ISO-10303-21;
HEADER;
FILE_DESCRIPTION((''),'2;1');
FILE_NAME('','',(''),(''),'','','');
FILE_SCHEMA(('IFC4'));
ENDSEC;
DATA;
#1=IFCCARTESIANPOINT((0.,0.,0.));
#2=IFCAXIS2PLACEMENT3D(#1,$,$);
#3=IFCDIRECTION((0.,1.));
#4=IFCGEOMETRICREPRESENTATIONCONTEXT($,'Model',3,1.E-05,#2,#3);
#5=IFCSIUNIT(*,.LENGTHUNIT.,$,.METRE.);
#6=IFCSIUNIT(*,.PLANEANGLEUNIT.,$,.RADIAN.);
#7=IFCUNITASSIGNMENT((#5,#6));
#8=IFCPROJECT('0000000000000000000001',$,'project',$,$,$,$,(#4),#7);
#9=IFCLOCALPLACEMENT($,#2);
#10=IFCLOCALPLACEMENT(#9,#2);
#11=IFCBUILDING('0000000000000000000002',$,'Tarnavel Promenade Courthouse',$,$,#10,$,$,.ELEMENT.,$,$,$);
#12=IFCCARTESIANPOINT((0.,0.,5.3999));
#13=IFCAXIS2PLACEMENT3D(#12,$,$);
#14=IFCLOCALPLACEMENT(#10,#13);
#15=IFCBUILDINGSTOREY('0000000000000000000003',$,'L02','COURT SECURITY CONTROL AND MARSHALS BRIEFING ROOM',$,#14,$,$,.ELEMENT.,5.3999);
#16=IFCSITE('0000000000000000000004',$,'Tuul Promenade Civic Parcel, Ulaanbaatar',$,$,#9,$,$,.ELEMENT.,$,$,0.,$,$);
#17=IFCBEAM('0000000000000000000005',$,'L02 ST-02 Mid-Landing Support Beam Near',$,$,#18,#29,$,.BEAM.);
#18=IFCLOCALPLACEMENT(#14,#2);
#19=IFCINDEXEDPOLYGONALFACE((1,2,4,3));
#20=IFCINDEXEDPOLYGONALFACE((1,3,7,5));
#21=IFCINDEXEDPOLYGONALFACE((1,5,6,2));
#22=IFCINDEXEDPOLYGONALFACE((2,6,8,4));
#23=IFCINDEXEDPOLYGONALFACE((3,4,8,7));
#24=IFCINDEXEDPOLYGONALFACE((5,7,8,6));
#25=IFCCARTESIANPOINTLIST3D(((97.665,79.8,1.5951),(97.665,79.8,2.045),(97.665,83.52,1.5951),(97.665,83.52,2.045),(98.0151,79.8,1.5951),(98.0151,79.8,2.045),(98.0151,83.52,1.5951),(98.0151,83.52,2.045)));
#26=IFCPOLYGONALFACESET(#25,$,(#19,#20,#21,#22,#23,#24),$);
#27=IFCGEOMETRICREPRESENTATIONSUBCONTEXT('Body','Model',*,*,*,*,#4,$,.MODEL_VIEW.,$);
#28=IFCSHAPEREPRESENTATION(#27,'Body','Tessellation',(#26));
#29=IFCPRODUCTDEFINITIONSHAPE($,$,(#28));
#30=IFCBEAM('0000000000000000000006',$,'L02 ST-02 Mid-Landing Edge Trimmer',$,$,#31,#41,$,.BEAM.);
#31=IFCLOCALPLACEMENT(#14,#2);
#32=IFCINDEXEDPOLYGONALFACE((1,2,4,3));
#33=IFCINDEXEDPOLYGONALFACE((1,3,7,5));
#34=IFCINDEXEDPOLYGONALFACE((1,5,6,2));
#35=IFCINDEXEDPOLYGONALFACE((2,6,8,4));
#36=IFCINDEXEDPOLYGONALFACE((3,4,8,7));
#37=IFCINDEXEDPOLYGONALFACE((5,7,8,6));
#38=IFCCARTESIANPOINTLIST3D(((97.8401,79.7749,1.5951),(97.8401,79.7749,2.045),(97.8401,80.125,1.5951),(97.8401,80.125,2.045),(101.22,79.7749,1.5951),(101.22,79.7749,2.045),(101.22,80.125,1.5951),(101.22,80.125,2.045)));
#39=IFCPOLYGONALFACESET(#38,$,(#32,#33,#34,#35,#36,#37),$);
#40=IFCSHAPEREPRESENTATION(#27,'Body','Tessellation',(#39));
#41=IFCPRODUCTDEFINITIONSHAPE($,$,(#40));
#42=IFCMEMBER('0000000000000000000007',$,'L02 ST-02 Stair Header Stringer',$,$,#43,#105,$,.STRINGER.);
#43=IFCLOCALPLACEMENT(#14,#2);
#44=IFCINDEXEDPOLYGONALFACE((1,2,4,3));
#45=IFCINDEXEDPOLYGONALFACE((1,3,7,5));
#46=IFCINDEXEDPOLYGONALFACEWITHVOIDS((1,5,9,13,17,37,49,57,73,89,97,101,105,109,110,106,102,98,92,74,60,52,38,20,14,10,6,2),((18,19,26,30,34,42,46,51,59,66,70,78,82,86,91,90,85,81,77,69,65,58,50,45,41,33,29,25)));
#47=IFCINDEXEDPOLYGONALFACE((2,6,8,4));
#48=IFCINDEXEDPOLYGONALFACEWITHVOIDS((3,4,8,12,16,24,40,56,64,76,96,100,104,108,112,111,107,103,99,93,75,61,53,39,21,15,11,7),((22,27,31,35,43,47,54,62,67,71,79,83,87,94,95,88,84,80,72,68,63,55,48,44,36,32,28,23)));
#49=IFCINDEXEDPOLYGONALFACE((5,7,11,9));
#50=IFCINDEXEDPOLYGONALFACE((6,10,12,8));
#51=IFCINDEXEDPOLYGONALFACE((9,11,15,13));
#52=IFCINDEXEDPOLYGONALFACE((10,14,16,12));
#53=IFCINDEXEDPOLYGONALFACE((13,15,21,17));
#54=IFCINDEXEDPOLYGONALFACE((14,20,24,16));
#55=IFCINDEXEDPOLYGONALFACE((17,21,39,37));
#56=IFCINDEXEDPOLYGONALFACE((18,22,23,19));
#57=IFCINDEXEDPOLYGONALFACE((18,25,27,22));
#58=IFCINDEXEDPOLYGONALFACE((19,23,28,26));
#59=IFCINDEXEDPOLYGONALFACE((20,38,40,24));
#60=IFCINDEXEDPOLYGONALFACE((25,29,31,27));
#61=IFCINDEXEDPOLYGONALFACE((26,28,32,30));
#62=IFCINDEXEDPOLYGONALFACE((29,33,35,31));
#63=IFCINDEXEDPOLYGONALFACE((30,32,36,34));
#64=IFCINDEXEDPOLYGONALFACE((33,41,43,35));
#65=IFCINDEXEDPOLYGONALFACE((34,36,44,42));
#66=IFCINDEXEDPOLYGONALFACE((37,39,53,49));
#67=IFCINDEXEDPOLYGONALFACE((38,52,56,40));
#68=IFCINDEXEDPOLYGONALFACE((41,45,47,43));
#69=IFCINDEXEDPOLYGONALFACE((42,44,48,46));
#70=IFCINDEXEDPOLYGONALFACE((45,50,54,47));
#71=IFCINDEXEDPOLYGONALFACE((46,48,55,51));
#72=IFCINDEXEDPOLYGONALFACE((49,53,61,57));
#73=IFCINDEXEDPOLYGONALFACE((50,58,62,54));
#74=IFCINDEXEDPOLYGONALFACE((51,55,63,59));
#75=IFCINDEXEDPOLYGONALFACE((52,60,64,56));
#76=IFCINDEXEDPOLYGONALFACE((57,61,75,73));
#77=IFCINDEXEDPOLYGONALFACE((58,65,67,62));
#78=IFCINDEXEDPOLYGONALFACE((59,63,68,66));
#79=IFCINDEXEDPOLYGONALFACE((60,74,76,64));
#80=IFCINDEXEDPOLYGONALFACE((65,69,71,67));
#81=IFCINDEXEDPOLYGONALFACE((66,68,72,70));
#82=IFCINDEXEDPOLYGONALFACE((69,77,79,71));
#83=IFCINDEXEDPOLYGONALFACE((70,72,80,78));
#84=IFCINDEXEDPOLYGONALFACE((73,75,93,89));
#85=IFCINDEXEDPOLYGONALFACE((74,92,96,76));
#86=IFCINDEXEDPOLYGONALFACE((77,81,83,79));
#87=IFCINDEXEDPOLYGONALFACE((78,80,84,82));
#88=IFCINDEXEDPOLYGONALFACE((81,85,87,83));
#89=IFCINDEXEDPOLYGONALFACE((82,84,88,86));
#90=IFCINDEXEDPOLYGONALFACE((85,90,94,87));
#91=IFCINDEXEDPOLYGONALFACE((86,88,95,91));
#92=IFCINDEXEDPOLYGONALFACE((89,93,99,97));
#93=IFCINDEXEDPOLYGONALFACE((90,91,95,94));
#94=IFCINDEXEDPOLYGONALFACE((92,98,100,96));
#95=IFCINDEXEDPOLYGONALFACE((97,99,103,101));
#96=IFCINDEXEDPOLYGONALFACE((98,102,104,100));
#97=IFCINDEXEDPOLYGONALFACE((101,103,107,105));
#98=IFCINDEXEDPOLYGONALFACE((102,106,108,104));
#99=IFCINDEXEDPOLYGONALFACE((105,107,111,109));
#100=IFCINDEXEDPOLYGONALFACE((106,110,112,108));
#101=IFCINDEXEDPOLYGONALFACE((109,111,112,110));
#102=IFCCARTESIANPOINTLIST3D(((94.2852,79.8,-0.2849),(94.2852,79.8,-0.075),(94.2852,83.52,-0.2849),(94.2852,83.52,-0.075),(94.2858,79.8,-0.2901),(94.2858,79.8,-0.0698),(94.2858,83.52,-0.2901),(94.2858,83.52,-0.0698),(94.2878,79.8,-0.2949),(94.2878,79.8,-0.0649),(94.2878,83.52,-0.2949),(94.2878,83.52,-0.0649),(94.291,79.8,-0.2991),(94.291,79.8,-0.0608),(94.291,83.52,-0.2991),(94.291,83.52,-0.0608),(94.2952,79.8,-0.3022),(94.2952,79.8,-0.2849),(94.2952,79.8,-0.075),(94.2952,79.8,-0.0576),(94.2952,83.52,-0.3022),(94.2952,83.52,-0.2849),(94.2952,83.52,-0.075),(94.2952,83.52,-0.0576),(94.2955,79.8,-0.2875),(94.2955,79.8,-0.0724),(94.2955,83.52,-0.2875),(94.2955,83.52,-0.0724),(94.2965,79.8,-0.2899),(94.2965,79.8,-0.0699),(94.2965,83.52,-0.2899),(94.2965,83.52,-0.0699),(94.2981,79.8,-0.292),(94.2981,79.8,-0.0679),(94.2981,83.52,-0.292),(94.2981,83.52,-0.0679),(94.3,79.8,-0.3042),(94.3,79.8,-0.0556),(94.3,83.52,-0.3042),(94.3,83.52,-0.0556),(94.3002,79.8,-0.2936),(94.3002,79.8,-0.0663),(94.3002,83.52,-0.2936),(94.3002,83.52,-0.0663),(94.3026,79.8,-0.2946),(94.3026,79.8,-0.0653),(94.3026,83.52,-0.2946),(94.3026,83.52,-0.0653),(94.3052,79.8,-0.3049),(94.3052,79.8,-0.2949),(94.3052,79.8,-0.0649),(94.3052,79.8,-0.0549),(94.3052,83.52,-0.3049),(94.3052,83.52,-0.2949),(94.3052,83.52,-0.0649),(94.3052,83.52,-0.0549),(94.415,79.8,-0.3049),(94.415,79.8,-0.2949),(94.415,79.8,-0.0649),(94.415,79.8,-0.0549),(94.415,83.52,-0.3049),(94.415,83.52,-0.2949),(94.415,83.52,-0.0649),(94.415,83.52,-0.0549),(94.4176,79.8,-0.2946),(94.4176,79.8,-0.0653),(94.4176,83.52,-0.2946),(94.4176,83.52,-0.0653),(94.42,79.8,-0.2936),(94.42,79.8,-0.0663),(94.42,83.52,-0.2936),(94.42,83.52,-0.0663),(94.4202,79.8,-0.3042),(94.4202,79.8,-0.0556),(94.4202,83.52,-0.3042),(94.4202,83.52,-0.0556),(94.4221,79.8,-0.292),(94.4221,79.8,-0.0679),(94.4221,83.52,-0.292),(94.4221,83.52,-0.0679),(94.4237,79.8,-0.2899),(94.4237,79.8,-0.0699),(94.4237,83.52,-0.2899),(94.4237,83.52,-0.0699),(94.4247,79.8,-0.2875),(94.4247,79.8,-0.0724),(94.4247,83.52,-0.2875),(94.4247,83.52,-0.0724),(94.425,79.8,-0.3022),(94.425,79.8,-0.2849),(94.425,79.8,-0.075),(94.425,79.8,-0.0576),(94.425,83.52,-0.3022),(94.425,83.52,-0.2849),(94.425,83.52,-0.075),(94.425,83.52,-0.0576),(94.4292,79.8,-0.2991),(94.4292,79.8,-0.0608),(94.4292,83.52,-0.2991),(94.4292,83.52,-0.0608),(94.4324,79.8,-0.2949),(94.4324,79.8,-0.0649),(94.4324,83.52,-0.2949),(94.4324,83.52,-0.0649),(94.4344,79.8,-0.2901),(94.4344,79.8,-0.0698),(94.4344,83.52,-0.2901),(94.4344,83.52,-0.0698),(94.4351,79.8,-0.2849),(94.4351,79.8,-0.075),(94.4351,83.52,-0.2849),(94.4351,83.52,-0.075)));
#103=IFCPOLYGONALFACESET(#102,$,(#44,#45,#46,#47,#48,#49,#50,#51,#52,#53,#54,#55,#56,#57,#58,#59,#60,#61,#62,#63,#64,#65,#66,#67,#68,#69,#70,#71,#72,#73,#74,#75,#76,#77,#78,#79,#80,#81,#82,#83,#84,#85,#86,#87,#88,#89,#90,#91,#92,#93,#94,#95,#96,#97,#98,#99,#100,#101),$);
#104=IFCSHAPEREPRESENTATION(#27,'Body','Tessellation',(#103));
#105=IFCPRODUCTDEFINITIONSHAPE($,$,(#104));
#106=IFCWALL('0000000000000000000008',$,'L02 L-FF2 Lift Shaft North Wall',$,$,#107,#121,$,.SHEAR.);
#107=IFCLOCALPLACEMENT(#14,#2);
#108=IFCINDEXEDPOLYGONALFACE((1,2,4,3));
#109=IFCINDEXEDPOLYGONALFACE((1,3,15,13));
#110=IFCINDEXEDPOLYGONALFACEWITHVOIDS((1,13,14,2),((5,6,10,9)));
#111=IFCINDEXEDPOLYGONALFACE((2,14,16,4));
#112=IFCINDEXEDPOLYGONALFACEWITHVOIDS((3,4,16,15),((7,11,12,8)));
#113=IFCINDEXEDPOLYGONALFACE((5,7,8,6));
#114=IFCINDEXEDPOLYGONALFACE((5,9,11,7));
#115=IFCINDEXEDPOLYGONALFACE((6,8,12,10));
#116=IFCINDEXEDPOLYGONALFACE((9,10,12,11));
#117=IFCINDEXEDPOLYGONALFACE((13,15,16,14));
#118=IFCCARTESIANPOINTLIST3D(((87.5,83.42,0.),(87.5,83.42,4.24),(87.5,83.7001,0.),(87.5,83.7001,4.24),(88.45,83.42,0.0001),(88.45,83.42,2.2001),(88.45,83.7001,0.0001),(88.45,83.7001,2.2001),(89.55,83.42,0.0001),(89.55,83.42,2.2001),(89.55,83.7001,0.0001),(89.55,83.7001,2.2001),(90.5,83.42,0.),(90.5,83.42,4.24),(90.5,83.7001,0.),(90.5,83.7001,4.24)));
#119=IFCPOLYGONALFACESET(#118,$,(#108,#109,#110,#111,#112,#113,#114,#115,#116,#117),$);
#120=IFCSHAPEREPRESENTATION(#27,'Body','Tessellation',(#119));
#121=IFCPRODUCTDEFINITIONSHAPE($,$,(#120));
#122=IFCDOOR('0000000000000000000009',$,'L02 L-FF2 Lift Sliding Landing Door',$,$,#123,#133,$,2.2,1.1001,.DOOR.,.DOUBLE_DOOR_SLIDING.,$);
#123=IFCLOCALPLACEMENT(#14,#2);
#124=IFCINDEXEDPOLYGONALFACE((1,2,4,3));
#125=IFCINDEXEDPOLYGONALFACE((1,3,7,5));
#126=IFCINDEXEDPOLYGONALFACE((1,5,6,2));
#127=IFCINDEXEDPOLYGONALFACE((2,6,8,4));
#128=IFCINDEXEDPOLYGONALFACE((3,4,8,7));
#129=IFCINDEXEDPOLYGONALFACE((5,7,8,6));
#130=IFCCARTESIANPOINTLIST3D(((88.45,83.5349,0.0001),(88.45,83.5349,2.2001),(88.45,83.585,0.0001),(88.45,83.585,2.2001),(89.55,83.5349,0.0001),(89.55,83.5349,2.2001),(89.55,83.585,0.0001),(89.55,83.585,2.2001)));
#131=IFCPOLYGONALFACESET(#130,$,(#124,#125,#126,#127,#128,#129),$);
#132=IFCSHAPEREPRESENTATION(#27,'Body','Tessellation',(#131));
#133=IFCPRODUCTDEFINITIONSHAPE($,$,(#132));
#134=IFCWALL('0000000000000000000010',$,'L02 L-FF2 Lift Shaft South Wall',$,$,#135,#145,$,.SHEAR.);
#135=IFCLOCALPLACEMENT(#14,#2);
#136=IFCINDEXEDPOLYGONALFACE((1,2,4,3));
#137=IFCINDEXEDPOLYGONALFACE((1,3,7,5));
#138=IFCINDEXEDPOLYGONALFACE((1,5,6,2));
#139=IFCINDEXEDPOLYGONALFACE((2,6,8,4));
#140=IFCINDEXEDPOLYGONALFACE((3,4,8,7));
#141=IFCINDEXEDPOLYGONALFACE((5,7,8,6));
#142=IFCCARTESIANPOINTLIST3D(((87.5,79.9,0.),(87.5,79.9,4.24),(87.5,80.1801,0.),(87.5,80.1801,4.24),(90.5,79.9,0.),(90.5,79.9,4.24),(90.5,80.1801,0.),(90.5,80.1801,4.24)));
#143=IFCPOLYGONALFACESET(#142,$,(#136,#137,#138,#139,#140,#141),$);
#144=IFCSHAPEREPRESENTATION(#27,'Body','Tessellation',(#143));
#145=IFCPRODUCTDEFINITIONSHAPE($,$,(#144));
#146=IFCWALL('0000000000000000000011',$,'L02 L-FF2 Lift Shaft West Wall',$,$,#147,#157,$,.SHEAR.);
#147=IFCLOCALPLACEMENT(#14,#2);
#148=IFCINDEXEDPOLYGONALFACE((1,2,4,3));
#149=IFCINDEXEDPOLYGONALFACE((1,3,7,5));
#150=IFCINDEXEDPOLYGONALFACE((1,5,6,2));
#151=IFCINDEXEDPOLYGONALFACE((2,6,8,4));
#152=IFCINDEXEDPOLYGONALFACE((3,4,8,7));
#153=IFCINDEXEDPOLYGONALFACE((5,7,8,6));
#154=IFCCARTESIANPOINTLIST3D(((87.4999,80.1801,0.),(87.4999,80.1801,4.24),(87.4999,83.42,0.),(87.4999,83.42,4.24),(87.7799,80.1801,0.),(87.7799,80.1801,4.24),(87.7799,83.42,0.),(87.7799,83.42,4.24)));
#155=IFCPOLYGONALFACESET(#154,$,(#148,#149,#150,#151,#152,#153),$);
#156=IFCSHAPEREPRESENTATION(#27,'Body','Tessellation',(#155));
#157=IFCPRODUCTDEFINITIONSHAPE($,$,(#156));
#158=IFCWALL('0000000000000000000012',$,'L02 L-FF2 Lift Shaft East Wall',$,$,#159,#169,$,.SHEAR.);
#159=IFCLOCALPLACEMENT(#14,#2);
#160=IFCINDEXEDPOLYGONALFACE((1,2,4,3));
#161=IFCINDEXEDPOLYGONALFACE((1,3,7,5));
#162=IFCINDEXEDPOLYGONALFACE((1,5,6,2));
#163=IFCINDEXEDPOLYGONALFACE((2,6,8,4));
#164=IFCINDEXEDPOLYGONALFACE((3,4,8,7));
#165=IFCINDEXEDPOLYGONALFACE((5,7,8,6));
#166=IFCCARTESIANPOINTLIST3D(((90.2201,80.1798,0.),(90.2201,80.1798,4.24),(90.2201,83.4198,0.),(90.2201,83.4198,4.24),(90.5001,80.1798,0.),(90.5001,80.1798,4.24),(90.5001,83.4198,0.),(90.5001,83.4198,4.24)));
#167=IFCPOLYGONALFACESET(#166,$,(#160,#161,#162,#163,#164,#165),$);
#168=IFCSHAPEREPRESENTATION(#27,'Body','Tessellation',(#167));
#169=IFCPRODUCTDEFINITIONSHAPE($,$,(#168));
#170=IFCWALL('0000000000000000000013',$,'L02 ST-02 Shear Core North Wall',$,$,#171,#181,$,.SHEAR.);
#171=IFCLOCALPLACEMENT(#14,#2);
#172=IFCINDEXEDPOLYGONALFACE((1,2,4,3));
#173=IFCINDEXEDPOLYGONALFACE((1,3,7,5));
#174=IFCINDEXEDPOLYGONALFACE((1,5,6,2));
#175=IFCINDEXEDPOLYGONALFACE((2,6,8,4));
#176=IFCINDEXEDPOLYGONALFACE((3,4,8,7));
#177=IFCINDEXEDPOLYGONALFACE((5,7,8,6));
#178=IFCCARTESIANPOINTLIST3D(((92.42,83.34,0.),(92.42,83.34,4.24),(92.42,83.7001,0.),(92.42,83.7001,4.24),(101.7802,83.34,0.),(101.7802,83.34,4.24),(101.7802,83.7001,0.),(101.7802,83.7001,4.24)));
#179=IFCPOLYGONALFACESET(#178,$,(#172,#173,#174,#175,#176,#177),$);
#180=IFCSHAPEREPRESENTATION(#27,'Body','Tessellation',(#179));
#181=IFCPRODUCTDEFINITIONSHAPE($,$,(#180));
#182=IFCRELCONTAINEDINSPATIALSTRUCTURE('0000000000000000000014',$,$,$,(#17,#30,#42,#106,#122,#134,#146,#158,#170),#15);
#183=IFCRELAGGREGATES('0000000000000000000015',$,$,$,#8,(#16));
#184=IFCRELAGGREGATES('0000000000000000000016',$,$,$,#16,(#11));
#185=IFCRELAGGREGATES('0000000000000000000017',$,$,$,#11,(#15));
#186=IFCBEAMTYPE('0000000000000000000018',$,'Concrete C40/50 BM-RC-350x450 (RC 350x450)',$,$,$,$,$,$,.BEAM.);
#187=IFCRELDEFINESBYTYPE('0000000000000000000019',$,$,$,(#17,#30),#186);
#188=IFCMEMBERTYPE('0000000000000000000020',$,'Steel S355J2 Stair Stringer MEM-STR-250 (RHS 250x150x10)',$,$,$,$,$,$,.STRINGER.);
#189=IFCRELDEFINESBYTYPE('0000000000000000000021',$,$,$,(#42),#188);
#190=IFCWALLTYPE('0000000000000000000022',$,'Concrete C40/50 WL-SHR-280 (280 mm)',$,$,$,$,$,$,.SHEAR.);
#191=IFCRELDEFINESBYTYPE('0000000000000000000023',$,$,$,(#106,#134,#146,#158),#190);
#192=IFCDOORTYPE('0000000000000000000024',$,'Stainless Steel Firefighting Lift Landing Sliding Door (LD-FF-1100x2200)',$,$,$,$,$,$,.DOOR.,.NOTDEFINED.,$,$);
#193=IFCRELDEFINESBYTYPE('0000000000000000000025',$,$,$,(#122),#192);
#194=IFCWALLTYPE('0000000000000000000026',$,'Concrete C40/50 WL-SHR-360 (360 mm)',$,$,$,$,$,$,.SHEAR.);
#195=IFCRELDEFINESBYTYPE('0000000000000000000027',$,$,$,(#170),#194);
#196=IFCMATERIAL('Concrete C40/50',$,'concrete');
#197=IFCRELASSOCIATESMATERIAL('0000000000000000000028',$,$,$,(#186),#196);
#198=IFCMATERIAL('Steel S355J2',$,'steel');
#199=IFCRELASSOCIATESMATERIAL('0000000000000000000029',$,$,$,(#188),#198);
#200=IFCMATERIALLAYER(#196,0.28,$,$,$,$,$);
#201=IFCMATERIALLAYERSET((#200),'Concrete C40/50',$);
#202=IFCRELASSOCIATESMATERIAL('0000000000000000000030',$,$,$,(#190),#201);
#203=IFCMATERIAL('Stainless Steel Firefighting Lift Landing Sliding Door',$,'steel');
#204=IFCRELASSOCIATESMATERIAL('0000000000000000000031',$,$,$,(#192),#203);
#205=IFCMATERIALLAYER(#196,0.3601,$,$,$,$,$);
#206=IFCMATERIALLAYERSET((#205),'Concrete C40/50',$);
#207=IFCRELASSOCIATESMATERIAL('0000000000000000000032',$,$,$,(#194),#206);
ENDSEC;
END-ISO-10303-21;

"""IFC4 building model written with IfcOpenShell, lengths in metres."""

from ifc_helpers import new_model, si_unit, direction, frame, frame_2d, origin, origin_2d, place, context, subcontext, project, spatial, rectangle, hollow_rectangle, extrude, material, layer, layer_set, material_profile, profile_set, type_object, element, fill, save


model = new_model("IFC4")

# Units and contexts
model_context = context("Model", 3, precision=1e-05, world=origin(), true_north=direction((0.0, 1.0)))
body_context = subcontext(model_context, "Body", "Model", "MODEL_VIEW")
ifc_project = project(units=[si_unit("LENGTHUNIT", "METRE"), si_unit("PLANEANGLEUNIT", "RADIAN")], contexts=[model_context])

# Site, building, storey
site_placement = place(None, origin())
site = spatial("IfcSite", under=ifc_project, at=site_placement, Name="Tuul Promenade Civic Parcel, Ulaanbaatar", CompositionType="ELEMENT", RefElevation=0.0)
building_placement = place(site_placement, origin())
building = spatial("IfcBuilding", under=site, at=building_placement, Name="Tarnavel Promenade Courthouse", CompositionType="ELEMENT")
storey_placement = place(building_placement, frame((0.0, 0.0, 5.3999)))
storey = spatial("IfcBuildingStorey", under=building, at=storey_placement, Name="L02", Description="COURT SECURITY CONTROL AND MARSHALS BRIEFING ROOM", CompositionType="ELEMENT", Elevation=5.3999)

# Beams
ifc_material_1 = material(Name="Concrete C40/50", Category="concrete")
ifc_material_profile_1 = material_profile(ifc_material_1, rectangle(XDim=0.3501, YDim=0.45, at=origin_2d()), Name="RC 350x450")
ifc_profile_set_1 = profile_set([ifc_material_profile_1], Name="Concrete C40/50")
beam_type = type_object("IfcBeamType", Name="Concrete C40/50 BM-RC-350x450 (RC 350x450)", PredefinedType="BEAM", material=ifc_profile_set_1)
beam_1_placement = place(storey_placement, frame((97.8401, 79.8, 1.8201), z_axis=(0.0, 1.0, 0.0), x_axis=(-1.0, 0.0, 0.0)))
element("IfcBeam", 1, at=beam_1_placement, inside=storey, type_object=beam_type, Name="L02 ST-02 Mid-Landing Support Beam Near", PredefinedType="BEAM", context=body_context, shape_type="SweptSolid", body=[
    extrude(rectangle(XDim=0.3501, YDim=0.45, at=origin_2d()), origin(), (0.0, 0.0, 1.0), 3.72),
])
beam_2_placement = place(storey_placement, frame((97.8401, 79.95, 1.8201), z_axis=(1.0, 0.0, 0.0), x_axis=(0.0, 1.0, 0.0)))
element("IfcBeam", 2, at=beam_2_placement, inside=storey, type_object=beam_type, Name="L02 ST-02 Mid-Landing Edge Trimmer", PredefinedType="BEAM", context=body_context, shape_type="SweptSolid", body=[
    extrude(rectangle(XDim=0.3501, YDim=0.45, at=origin_2d()), origin(), (0.0, 0.0, 1.0), 3.3799),
])

# Member
ifc_material_2 = material(Name="Steel S355J2", Category="steel")
ifc_material_profile_2 = material_profile(ifc_material_2, hollow_rectangle(XDim=0.1499, YDim=0.25, WallThickness=0.01, InnerFilletRadius=0.01, OuterFilletRadius=0.02, at=origin_2d()), Name="RHS 250x150x10")
ifc_profile_set_2 = profile_set([ifc_material_profile_2], Name="Steel S355J2")
member_type = type_object("IfcMemberType", Name="Steel S355J2 Stair Stringer MEM-STR-250 (RHS 250x150x10)", PredefinedType="STRINGER", material=ifc_profile_set_2)
member_placement = place(storey_placement, frame((94.3601, 79.8, -0.1799), z_axis=(0.0, 1.0, 0.0), x_axis=(-1.0, 0.0, 0.0)))
element("IfcMember", 3, at=member_placement, inside=storey, type_object=member_type, Name="L02 ST-02 Stair Header Stringer", PredefinedType="STRINGER", context=body_context, shape_type="SweptSolid", body=[
    extrude(hollow_rectangle(XDim=0.1499, YDim=0.25, WallThickness=0.01, InnerFilletRadius=0.01, OuterFilletRadius=0.02, at=origin_2d()), origin(), (0.0, 0.0, 1.0), 3.72),
])

# Wall, opening, door
ifc_layer_1 = layer(ifc_material_1, 0.28)
ifc_layer_set_1 = layer_set([ifc_layer_1], Name="Concrete C40/50")
wall_type_1 = type_object("IfcWallType", Name="Concrete C40/50 WL-SHR-280 (280 mm)", PredefinedType="SHEAR", material=ifc_layer_set_1)
wall_1_placement = place(storey_placement, frame((87.5, 83.5601, 0.0), z_axis=(0.0, 0.0, 1.0), x_axis=(1.0, 0.0, 0.0)))
wall_1 = element("IfcWall", 4, at=wall_1_placement, inside=storey, type_object=wall_type_1, Name="L02 L-FF2 Lift Shaft North Wall", PredefinedType="SHEAR", context=body_context, shape_type="SweptSolid", body=[
    extrude(rectangle(XDim=3.0, YDim=0.28, at=frame_2d((1.5, 0.0))), origin(), (0.0, 0.0, 1.0), 4.24),
])
opening_1_placement = place(wall_1_placement, frame((0.95, 0.0, 0.0)))
opening_1 = element("IfcOpeningElement", 5, at=opening_1_placement, cuts=wall_1, PredefinedType="OPENING", context=body_context, shape_type="SweptSolid", body=[
    extrude(rectangle(XDim=1.1001, YDim=2.2, at=frame_2d((0.55, 1.1001))), frame((0.0, 0.1499, 0.0), z_axis=(0.0, -1.0, 0.0), x_axis=(1.0, 0.0, 0.0)), (0.0, 0.0, 1.0), 0.3),
])
ifc_material_3 = material(Name="Stainless Steel Firefighting Lift Landing Sliding Door", Category="steel")
door_type_1 = type_object("IfcDoorType", Name="Stainless Steel Firefighting Lift Landing Sliding Door (LD-FF-1100x2200)", OperationType="NOTDEFINED", PredefinedType="DOOR", material=ifc_material_3)
door_1_placement = place(opening_1_placement, origin())
door_1 = element("IfcDoor", 6, at=door_1_placement, inside=storey, type_object=door_type_1, Name="L02 L-FF2 Lift Sliding Landing Door", OperationType="DOUBLE_DOOR_SLIDING", OverallHeight=2.2, OverallWidth=1.1001, PredefinedType="DOOR", context=body_context, shape_type="SweptSolid", body=[
    extrude(rectangle(XDim=1.1001, YDim=2.2, at=frame_2d((0.55, 1.1001))), frame((0.0, 0.0249, 0.0), z_axis=(0.0, -1.0, 0.0), x_axis=(1.0, 0.0, 0.0)), (0.0, 0.0, 1.0), 0.05),
])
fill(opening_1, door_1)

# Walls
wall_2_placement = place(storey_placement, frame((90.5, 80.04, 0.0), z_axis=(0.0, 0.0, 1.0), x_axis=(-1.0, 0.0, 0.0)))
element("IfcWall", 7, at=wall_2_placement, inside=storey, type_object=wall_type_1, Name="L02 L-FF2 Lift Shaft South Wall", PredefinedType="SHEAR", context=body_context, shape_type="SweptSolid", body=[
    extrude(rectangle(XDim=3.0, YDim=0.28, at=frame_2d((1.5, 0.0))), origin(), (0.0, 0.0, 1.0), 4.24),
])
for number, where, z_axis, x_axis, name in (
    (8, (87.6399, 80.1799, 0.0), (0.0, 0.0, 1.0), (0.0, 1.0, 0.0), "L02 L-FF2 Lift Shaft West Wall"),
    (9, (90.3601, 83.4199, 0.0), (0.0, 0.0, 1.0), (0.0, -1.0, 0.0), "L02 L-FF2 Lift Shaft East Wall"),
):
    element("IfcWall", number, at=place(storey_placement, frame(where, z_axis=z_axis, x_axis=x_axis)), inside=storey, type_object=wall_type_1, Name=name, PredefinedType="SHEAR", context=body_context, shape_type="SweptSolid", body=[
        extrude(rectangle(XDim=3.24, YDim=0.28, at=frame_2d((1.6201, 0.0))), origin(), (0.0, 0.0, 1.0), 4.24),
    ])
ifc_layer_2 = layer(ifc_material_1, 0.3601)
ifc_layer_set_2 = layer_set([ifc_layer_2], Name="Concrete C40/50")
wall_type_2 = type_object("IfcWallType", Name="Concrete C40/50 WL-SHR-360 (360 mm)", PredefinedType="SHEAR", material=ifc_layer_set_2)
wall_3_placement = place(storey_placement, frame((92.4199, 83.52, 0.0), z_axis=(0.0, 0.0, 1.0), x_axis=(1.0, 0.0, 0.0)))
element("IfcWall", 10, at=wall_3_placement, inside=storey, type_object=wall_type_2, Name="L02 ST-02 Shear Core North Wall", PredefinedType="SHEAR", context=body_context, shape_type="SweptSolid", body=[
    extrude(rectangle(XDim=9.3601, YDim=0.3601, at=frame_2d((4.6802, 0.0))), origin(), (0.0, 0.0, 1.0), 4.24),
])

save(model, "model.ifc")
